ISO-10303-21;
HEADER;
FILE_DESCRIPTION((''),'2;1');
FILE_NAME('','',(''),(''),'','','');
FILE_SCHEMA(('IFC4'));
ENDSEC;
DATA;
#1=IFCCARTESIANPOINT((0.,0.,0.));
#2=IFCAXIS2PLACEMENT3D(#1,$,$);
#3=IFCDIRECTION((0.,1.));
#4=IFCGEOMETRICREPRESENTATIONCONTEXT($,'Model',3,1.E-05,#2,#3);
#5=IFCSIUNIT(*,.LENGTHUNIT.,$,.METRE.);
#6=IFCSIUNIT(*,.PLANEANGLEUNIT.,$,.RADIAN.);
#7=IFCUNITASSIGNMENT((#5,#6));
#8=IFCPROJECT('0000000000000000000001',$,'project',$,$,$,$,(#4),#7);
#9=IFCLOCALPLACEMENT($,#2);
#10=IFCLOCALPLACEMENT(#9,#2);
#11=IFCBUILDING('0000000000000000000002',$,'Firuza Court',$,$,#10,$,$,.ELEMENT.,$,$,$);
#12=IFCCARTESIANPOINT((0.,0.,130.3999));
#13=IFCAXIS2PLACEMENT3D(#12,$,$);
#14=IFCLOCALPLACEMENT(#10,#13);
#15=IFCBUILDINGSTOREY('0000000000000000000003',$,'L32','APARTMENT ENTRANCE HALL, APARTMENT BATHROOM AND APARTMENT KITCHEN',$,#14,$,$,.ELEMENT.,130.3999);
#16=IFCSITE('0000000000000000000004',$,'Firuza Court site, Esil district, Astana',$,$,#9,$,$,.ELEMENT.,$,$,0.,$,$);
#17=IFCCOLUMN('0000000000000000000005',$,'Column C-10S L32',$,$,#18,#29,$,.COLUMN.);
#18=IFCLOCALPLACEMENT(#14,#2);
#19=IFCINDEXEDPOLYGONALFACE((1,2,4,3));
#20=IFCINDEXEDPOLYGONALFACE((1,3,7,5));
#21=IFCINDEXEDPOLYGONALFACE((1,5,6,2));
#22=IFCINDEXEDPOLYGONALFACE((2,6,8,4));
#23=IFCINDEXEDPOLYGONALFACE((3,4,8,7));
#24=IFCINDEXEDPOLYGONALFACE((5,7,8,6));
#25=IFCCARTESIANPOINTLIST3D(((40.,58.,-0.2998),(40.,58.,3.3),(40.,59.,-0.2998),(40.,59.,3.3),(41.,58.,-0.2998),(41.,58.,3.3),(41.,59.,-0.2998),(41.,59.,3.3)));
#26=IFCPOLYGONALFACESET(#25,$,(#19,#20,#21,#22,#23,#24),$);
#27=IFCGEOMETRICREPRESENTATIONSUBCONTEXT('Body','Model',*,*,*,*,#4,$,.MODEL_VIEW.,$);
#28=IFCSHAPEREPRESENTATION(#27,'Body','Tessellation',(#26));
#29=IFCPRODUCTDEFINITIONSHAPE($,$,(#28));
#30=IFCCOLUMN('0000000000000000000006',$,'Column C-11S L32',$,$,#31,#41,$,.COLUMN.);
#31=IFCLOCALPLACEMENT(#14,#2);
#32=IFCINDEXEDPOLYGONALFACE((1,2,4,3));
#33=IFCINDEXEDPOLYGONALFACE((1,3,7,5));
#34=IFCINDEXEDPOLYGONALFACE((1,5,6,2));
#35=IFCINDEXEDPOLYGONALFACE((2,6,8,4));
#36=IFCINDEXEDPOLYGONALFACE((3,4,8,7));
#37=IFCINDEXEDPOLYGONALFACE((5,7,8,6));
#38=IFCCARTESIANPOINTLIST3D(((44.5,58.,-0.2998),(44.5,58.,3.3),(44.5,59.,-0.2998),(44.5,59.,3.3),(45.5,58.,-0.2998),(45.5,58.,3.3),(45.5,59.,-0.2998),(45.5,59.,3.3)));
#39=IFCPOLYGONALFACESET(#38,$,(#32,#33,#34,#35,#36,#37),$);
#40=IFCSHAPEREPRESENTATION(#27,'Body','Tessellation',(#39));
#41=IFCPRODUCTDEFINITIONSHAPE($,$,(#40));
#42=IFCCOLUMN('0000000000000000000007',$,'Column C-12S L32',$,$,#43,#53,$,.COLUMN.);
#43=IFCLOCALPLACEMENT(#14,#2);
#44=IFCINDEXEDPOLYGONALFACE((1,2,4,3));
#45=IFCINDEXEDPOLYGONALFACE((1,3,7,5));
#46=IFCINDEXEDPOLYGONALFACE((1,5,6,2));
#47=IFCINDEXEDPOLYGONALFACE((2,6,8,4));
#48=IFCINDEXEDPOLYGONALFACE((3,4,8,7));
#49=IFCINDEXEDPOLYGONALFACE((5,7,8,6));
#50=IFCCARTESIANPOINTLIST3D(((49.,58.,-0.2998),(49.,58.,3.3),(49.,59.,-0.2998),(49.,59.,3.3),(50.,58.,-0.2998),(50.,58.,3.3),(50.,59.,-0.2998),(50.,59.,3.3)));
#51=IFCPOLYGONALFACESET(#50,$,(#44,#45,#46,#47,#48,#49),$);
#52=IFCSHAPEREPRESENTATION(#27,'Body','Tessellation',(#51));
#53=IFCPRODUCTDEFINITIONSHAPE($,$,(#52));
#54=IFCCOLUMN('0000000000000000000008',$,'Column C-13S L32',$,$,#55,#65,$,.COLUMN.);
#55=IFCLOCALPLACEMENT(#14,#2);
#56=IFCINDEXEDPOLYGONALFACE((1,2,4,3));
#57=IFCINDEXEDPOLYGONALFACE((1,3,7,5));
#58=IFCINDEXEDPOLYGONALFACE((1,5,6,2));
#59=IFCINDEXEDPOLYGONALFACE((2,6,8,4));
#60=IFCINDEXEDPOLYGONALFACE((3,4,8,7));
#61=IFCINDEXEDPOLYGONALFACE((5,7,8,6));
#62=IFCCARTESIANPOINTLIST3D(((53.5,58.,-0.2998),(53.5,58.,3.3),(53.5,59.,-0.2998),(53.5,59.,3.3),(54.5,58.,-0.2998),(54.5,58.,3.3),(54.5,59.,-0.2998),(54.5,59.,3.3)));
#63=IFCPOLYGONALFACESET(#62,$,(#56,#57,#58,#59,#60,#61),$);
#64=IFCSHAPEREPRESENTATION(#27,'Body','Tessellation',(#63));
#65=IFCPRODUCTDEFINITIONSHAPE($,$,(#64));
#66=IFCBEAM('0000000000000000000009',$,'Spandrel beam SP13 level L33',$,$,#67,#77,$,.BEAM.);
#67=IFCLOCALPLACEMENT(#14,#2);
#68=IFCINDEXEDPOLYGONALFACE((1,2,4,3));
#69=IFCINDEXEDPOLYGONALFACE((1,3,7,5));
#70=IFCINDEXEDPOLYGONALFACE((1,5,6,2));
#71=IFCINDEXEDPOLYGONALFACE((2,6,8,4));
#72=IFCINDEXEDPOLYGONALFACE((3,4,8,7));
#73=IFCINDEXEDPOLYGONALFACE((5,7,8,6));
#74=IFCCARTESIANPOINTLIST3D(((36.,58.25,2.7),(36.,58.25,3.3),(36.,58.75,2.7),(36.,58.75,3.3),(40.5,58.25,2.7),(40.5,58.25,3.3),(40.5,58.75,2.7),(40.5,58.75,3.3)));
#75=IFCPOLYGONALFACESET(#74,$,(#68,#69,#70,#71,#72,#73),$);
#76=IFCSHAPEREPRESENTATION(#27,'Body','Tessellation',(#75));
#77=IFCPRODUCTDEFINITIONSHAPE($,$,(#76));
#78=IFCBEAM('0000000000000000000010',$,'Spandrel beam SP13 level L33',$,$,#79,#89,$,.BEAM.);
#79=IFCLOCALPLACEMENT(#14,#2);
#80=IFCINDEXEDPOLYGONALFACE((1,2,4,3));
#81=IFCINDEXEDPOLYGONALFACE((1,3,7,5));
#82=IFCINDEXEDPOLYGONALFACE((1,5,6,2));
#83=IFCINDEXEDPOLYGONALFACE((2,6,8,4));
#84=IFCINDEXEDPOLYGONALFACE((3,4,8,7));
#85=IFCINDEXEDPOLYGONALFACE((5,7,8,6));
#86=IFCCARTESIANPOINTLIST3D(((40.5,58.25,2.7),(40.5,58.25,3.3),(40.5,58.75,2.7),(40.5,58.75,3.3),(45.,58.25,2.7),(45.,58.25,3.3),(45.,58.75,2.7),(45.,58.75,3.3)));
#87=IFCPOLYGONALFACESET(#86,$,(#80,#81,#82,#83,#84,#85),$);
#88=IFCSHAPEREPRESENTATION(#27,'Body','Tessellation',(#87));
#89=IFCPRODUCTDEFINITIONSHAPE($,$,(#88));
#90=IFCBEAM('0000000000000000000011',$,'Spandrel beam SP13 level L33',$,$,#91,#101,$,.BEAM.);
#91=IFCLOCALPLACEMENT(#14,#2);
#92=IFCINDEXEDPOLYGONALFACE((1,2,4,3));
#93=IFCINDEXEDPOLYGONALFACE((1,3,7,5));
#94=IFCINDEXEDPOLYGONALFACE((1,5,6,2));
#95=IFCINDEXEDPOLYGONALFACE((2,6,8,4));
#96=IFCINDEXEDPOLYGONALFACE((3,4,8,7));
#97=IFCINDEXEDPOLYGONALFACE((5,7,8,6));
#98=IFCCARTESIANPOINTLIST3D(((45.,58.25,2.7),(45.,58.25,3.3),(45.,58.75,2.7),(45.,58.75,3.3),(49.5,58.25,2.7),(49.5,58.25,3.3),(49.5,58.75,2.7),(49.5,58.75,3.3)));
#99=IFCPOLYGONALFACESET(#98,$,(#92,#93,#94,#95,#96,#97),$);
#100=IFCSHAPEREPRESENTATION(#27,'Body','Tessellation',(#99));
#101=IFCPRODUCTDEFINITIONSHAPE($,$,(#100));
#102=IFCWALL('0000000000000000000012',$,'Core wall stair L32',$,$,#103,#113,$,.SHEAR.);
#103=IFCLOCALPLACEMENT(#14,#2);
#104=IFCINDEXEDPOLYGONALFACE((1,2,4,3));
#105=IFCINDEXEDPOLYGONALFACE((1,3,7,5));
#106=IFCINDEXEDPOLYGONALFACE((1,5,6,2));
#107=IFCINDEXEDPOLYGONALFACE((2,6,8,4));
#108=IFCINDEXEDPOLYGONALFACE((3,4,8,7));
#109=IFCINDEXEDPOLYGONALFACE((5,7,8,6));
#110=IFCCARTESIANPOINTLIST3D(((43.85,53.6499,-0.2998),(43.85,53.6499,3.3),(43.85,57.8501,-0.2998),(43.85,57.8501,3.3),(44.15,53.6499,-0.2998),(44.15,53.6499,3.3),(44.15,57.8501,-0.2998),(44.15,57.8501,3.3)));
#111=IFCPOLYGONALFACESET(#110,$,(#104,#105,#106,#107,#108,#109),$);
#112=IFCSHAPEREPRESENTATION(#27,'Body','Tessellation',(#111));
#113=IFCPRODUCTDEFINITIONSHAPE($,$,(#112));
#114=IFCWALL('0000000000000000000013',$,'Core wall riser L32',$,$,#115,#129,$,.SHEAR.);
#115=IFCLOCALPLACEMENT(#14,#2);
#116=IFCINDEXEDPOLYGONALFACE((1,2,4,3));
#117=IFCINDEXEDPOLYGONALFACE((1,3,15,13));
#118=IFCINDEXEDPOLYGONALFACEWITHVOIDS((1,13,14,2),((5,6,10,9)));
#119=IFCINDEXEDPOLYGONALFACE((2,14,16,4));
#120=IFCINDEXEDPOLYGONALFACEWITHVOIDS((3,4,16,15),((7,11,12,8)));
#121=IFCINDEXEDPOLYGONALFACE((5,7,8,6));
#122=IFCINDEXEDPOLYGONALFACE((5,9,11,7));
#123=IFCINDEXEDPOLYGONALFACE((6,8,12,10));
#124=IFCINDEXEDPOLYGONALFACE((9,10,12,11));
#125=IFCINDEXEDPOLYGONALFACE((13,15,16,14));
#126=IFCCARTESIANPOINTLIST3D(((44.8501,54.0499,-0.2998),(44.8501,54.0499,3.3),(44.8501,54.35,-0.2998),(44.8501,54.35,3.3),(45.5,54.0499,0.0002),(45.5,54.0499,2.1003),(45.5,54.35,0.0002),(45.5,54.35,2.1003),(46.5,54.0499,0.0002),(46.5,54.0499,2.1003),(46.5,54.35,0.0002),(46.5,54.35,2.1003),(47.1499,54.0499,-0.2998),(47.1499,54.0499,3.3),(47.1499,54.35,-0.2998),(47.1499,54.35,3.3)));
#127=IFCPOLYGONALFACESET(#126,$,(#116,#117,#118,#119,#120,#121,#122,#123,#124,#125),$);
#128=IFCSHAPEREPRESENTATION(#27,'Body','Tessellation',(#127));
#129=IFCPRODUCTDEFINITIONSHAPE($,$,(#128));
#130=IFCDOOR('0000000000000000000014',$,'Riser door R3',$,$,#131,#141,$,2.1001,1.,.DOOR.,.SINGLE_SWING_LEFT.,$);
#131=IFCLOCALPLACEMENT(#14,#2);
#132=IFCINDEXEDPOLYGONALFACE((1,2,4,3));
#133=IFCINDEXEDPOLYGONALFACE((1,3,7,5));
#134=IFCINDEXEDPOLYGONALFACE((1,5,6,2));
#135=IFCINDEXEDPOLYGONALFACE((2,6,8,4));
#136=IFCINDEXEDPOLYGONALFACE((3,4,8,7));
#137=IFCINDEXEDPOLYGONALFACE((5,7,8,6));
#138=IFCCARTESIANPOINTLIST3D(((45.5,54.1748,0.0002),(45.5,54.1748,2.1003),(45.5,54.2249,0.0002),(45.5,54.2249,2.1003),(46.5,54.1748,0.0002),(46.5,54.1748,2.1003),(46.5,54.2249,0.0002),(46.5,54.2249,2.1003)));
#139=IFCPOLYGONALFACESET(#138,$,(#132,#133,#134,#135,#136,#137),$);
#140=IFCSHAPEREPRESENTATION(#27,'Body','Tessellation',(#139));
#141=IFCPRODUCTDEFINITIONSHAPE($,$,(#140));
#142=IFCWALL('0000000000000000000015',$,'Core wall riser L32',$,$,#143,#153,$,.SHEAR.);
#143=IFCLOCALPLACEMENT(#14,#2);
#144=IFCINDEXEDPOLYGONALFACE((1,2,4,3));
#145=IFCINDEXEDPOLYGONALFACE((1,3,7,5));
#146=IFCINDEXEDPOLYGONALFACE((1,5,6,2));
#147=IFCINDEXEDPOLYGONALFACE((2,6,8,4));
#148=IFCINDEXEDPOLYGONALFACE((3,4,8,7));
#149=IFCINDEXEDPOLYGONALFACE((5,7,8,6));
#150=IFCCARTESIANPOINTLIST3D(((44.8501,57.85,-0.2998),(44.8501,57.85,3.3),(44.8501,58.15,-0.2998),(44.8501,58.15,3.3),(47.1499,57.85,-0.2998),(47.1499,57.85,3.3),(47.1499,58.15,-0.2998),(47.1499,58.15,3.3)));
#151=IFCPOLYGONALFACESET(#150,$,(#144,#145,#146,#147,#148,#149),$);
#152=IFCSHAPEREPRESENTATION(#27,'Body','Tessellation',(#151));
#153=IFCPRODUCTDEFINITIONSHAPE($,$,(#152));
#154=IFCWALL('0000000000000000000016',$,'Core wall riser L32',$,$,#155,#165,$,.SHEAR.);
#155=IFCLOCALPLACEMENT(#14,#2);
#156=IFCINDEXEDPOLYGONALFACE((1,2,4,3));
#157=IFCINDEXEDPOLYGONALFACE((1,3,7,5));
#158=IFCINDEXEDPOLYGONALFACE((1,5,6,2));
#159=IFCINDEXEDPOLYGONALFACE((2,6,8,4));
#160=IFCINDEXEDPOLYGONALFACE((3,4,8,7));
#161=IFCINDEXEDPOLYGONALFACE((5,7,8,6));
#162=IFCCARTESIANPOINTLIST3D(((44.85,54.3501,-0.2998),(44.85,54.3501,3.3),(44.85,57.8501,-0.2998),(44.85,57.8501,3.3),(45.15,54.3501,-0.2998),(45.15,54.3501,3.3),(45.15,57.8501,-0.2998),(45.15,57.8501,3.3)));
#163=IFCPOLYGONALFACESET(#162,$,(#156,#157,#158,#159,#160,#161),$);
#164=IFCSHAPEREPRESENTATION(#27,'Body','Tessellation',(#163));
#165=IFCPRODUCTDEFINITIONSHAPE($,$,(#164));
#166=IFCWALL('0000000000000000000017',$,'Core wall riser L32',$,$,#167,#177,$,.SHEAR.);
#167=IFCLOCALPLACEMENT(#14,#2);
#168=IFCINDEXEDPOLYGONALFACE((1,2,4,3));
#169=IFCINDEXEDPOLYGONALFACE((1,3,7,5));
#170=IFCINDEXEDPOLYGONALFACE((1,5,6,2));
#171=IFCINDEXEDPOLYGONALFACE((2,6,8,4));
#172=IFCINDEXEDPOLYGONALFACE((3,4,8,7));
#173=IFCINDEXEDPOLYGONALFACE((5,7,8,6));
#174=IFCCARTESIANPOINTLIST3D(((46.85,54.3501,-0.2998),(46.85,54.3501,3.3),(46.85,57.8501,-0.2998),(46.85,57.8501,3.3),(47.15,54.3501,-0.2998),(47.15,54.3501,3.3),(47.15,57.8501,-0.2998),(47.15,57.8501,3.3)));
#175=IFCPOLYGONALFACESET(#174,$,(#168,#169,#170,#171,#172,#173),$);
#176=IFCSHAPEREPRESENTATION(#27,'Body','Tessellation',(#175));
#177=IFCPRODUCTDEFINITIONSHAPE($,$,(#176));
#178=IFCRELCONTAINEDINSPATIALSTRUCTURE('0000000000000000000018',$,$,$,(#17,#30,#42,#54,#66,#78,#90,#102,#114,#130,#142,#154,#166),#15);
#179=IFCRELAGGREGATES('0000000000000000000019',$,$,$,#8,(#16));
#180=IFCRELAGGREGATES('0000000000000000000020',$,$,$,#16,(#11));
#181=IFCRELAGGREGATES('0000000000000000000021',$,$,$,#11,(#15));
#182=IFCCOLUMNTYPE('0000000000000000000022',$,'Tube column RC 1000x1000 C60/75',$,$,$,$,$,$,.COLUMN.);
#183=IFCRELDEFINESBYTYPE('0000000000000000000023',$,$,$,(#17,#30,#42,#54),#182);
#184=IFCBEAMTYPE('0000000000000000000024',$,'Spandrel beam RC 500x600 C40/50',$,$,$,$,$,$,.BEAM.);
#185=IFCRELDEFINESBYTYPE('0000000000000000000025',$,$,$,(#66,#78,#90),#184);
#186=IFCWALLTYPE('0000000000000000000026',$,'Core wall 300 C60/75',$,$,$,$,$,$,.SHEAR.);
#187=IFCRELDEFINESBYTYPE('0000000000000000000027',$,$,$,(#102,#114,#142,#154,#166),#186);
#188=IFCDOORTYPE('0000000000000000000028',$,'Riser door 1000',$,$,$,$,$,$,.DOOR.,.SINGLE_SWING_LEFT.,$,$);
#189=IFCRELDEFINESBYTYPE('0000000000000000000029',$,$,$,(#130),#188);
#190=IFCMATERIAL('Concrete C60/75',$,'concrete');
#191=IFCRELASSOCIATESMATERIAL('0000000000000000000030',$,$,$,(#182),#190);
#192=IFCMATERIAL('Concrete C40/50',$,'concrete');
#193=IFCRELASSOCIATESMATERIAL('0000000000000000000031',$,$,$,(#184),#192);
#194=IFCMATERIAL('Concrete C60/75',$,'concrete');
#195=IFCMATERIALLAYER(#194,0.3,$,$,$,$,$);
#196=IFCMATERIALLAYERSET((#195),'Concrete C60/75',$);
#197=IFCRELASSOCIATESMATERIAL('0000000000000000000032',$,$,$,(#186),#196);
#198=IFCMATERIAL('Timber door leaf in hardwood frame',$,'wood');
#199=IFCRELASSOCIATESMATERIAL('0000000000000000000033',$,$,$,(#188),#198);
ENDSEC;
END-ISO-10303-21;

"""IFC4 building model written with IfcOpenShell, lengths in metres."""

from ifc_helpers import new_model, si_unit, direction, frame, frame_2d, origin, origin_2d, place, context, subcontext, project, spatial, rectangle, extrude, material, layer, layer_set, material_profile, profile_set, type_object, element, fill, save


model = new_model("IFC4")

# Units and contexts
model_context = context("Model", 3, precision=1e-05, world=origin(), true_north=direction((0.0, 1.0)))
body_context = subcontext(model_context, "Body", "Model", "MODEL_VIEW")
ifc_project = project(units=[si_unit("LENGTHUNIT", "METRE"), si_unit("PLANEANGLEUNIT", "RADIAN")], contexts=[model_context])

# Site, building, storey
site_placement = place(None, origin())
site = spatial("IfcSite", under=ifc_project, at=site_placement, Name="Firuza Court site, Esil district, Astana", CompositionType="ELEMENT", RefElevation=0.0)
building_placement = place(site_placement, origin())
building = spatial("IfcBuilding", under=site, at=building_placement, Name="Firuza Court", CompositionType="ELEMENT")
storey_placement = place(building_placement, frame((0.0, 0.0, 130.3999)))
storey = spatial("IfcBuildingStorey", under=building, at=storey_placement, Name="L32", Description="APARTMENT ENTRANCE HALL, APARTMENT BATHROOM AND APARTMENT KITCHEN", CompositionType="ELEMENT", Elevation=130.3999)

# Columns
ifc_material_1 = material(Name="Concrete C60/75", Category="concrete")
ifc_material_profile_1 = material_profile(ifc_material_1, rectangle(XDim=1.0, YDim=1.0, at=origin_2d()), Name="RC 1000x1000")
ifc_profile_set_1 = profile_set([ifc_material_profile_1], Name="Concrete C60/75")
column_type = type_object("IfcColumnType", Name="Tube column RC 1000x1000 C60/75", PredefinedType="COLUMN", material=ifc_profile_set_1)
for number, where, z_axis, x_axis, name in (
    (1, (40.5, 58.5, -0.2998), (0.0, 0.0, 1.0), (1.0, 0.0, 0.0), "Column C-10S L32"),
    (2, (45.0, 58.5, -0.2998), (0.0, 0.0, 1.0), (1.0, 0.0, 0.0), "Column C-11S L32"),
    (3, (49.5, 58.5, -0.2998), (0.0, 0.0, 1.0), (1.0, 0.0, 0.0), "Column C-12S L32"),
    (4, (54.0, 58.5, -0.2998), (0.0, 0.0, 1.0), (1.0, 0.0, 0.0), "Column C-13S L32"),
):
    element("IfcColumn", number, at=place(storey_placement, frame(where, z_axis=z_axis, x_axis=x_axis)), inside=storey, type_object=column_type, Name=name, PredefinedType="COLUMN", context=body_context, shape_type="SweptSolid", body=[
        extrude(rectangle(XDim=1.0, YDim=1.0, at=origin_2d()), origin(), (0.0, 0.0, 1.0), 3.5999),
    ])

# Beams
ifc_material_2 = material(Name="Concrete C40/50", Category="concrete")
ifc_material_profile_2 = material_profile(ifc_material_2, rectangle(XDim=0.5, YDim=0.6001, at=origin_2d()), Name="RC 500x600")
ifc_profile_set_2 = profile_set([ifc_material_profile_2], Name="Concrete C40/50")
beam_type = type_object("IfcBeamType", Name="Spandrel beam RC 500x600 C40/50", PredefinedType="BEAM", material=ifc_profile_set_2)
for number, where, z_axis, x_axis, name in (
    (5, (40.5, 58.5, 3.0), (-1.0, 0.0, 0.0), (0.0, -1.0, 0.0), "Spandrel beam SP13 level L33"),
    (6, (45.0, 58.5, 3.0), (-1.0, 0.0, 0.0), (0.0, -1.0, 0.0), "Spandrel beam SP13 level L33"),
    (7, (49.5, 58.5, 3.0), (-1.0, 0.0, 0.0), (0.0, -1.0, 0.0), "Spandrel beam SP13 level L33"),
):
    element("IfcBeam", number, at=place(storey_placement, frame(where, z_axis=z_axis, x_axis=x_axis)), inside=storey, type_object=beam_type, Name=name, PredefinedType="BEAM", context=body_context, shape_type="SweptSolid", body=[
        extrude(rectangle(XDim=0.5, YDim=0.6001, at=origin_2d()), origin(), (0.0, 0.0, 1.0), 4.5),
    ])

# Wall
ifc_material_3 = material(Name="Concrete C60/75", Category="concrete")
ifc_layer_1 = layer(ifc_material_3, 0.3)
ifc_layer_set_1 = layer_set([ifc_layer_1], Name="Concrete C60/75")
wall_type_1 = type_object("IfcWallType", Name="Core wall 300 C60/75", PredefinedType="SHEAR", material=ifc_layer_set_1)
wall_1_placement = place(storey_placement, frame((44.0, 53.6499, -0.2998), z_axis=(0.0, 0.0, 1.0), x_axis=(0.0, 1.0, 0.0)))
element("IfcWall", 8, at=wall_1_placement, inside=storey, type_object=wall_type_1, Name="Core wall stair L32", PredefinedType="SHEAR", context=body_context, shape_type="SweptSolid", body=[
    extrude(rectangle(XDim=4.2002, YDim=0.3, at=frame_2d((2.1001, 0.0))), origin(), (0.0, 0.0, 1.0), 3.5999),
])

# Wall, opening, door
wall_2_placement = place(storey_placement, frame((44.8501, 54.2, -0.2998), z_axis=(0.0, 0.0, 1.0), x_axis=(1.0, 0.0, 0.0)))
wall_2 = element("IfcWall", 9, at=wall_2_placement, inside=storey, type_object=wall_type_1, Name="Core wall riser L32", PredefinedType="SHEAR", context=body_context, shape_type="SweptSolid", body=[
    extrude(rectangle(XDim=2.2998, YDim=0.3, at=frame_2d((1.1499, 0.0))), origin(), (0.0, 0.0, 1.0), 3.5999),
])
opening_1_placement = place(wall_2_placement, frame((0.6499, 0.0, 0.3)))
opening_1 = element("IfcOpeningElement", 10, at=opening_1_placement, cuts=wall_2, PredefinedType="OPENING", context=body_context, shape_type="SweptSolid", body=[
    extrude(rectangle(XDim=1.0, YDim=2.1001, at=frame_2d((0.5, 1.05))), frame((0.0, 0.1621, 0.0), z_axis=(0.0, -1.0, 0.0), x_axis=(1.0, 0.0, 0.0)), (0.0, 0.0, 1.0), 0.324),
])
ifc_material_4 = material(Name="Timber door leaf in hardwood frame", Category="wood")
door_type_1 = type_object("IfcDoorType", Name="Riser door 1000", OperationType="SINGLE_SWING_LEFT", PredefinedType="DOOR", material=ifc_material_4)
door_1_placement = place(opening_1_placement, origin())
door_1 = element("IfcDoor", 11, at=door_1_placement, inside=storey, type_object=door_type_1, Name="Riser door R3", OperationType="SINGLE_SWING_LEFT", OverallHeight=2.1001, OverallWidth=1.0, PredefinedType="DOOR", context=body_context, shape_type="SweptSolid", body=[
    extrude(rectangle(XDim=1.0, YDim=2.1001, at=frame_2d((0.5, 1.05))), frame((0.0, 0.0249, 0.0), z_axis=(0.0, -1.0, 0.0), x_axis=(1.0, 0.0, 0.0)), (0.0, 0.0, 1.0), 0.05),
])
fill(opening_1, door_1)

# Walls
wall_3_placement = place(storey_placement, frame((44.8501, 58.0, -0.2998), z_axis=(0.0, 0.0, 1.0), x_axis=(1.0, 0.0, 0.0)))
element("IfcWall", 12, at=wall_3_placement, inside=storey, type_object=wall_type_1, Name="Core wall riser L32", PredefinedType="SHEAR", context=body_context, shape_type="SweptSolid", body=[
    extrude(rectangle(XDim=2.2998, YDim=0.3, at=frame_2d((1.1499, 0.0))), origin(), (0.0, 0.0, 1.0), 3.5999),
])
for number, where, z_axis, x_axis, name in (
    (13, (45.0, 54.3501, -0.2998), (0.0, 0.0, 1.0), (0.0, 1.0, 0.0), "Core wall riser L32"),
    (14, (47.0, 54.3501, -0.2998), (0.0, 0.0, 1.0), (0.0, 1.0, 0.0), "Core wall riser L32"),
):
    element("IfcWall", number, at=place(storey_placement, frame(where, z_axis=z_axis, x_axis=x_axis)), inside=storey, type_object=wall_type_1, Name=name, PredefinedType="SHEAR", context=body_context, shape_type="SweptSolid", body=[
        extrude(rectangle(XDim=3.5, YDim=0.3, at=frame_2d((1.75, 0.0))), origin(), (0.0, 0.0, 1.0), 3.5999),
    ])

save(model, "model.ifc")
